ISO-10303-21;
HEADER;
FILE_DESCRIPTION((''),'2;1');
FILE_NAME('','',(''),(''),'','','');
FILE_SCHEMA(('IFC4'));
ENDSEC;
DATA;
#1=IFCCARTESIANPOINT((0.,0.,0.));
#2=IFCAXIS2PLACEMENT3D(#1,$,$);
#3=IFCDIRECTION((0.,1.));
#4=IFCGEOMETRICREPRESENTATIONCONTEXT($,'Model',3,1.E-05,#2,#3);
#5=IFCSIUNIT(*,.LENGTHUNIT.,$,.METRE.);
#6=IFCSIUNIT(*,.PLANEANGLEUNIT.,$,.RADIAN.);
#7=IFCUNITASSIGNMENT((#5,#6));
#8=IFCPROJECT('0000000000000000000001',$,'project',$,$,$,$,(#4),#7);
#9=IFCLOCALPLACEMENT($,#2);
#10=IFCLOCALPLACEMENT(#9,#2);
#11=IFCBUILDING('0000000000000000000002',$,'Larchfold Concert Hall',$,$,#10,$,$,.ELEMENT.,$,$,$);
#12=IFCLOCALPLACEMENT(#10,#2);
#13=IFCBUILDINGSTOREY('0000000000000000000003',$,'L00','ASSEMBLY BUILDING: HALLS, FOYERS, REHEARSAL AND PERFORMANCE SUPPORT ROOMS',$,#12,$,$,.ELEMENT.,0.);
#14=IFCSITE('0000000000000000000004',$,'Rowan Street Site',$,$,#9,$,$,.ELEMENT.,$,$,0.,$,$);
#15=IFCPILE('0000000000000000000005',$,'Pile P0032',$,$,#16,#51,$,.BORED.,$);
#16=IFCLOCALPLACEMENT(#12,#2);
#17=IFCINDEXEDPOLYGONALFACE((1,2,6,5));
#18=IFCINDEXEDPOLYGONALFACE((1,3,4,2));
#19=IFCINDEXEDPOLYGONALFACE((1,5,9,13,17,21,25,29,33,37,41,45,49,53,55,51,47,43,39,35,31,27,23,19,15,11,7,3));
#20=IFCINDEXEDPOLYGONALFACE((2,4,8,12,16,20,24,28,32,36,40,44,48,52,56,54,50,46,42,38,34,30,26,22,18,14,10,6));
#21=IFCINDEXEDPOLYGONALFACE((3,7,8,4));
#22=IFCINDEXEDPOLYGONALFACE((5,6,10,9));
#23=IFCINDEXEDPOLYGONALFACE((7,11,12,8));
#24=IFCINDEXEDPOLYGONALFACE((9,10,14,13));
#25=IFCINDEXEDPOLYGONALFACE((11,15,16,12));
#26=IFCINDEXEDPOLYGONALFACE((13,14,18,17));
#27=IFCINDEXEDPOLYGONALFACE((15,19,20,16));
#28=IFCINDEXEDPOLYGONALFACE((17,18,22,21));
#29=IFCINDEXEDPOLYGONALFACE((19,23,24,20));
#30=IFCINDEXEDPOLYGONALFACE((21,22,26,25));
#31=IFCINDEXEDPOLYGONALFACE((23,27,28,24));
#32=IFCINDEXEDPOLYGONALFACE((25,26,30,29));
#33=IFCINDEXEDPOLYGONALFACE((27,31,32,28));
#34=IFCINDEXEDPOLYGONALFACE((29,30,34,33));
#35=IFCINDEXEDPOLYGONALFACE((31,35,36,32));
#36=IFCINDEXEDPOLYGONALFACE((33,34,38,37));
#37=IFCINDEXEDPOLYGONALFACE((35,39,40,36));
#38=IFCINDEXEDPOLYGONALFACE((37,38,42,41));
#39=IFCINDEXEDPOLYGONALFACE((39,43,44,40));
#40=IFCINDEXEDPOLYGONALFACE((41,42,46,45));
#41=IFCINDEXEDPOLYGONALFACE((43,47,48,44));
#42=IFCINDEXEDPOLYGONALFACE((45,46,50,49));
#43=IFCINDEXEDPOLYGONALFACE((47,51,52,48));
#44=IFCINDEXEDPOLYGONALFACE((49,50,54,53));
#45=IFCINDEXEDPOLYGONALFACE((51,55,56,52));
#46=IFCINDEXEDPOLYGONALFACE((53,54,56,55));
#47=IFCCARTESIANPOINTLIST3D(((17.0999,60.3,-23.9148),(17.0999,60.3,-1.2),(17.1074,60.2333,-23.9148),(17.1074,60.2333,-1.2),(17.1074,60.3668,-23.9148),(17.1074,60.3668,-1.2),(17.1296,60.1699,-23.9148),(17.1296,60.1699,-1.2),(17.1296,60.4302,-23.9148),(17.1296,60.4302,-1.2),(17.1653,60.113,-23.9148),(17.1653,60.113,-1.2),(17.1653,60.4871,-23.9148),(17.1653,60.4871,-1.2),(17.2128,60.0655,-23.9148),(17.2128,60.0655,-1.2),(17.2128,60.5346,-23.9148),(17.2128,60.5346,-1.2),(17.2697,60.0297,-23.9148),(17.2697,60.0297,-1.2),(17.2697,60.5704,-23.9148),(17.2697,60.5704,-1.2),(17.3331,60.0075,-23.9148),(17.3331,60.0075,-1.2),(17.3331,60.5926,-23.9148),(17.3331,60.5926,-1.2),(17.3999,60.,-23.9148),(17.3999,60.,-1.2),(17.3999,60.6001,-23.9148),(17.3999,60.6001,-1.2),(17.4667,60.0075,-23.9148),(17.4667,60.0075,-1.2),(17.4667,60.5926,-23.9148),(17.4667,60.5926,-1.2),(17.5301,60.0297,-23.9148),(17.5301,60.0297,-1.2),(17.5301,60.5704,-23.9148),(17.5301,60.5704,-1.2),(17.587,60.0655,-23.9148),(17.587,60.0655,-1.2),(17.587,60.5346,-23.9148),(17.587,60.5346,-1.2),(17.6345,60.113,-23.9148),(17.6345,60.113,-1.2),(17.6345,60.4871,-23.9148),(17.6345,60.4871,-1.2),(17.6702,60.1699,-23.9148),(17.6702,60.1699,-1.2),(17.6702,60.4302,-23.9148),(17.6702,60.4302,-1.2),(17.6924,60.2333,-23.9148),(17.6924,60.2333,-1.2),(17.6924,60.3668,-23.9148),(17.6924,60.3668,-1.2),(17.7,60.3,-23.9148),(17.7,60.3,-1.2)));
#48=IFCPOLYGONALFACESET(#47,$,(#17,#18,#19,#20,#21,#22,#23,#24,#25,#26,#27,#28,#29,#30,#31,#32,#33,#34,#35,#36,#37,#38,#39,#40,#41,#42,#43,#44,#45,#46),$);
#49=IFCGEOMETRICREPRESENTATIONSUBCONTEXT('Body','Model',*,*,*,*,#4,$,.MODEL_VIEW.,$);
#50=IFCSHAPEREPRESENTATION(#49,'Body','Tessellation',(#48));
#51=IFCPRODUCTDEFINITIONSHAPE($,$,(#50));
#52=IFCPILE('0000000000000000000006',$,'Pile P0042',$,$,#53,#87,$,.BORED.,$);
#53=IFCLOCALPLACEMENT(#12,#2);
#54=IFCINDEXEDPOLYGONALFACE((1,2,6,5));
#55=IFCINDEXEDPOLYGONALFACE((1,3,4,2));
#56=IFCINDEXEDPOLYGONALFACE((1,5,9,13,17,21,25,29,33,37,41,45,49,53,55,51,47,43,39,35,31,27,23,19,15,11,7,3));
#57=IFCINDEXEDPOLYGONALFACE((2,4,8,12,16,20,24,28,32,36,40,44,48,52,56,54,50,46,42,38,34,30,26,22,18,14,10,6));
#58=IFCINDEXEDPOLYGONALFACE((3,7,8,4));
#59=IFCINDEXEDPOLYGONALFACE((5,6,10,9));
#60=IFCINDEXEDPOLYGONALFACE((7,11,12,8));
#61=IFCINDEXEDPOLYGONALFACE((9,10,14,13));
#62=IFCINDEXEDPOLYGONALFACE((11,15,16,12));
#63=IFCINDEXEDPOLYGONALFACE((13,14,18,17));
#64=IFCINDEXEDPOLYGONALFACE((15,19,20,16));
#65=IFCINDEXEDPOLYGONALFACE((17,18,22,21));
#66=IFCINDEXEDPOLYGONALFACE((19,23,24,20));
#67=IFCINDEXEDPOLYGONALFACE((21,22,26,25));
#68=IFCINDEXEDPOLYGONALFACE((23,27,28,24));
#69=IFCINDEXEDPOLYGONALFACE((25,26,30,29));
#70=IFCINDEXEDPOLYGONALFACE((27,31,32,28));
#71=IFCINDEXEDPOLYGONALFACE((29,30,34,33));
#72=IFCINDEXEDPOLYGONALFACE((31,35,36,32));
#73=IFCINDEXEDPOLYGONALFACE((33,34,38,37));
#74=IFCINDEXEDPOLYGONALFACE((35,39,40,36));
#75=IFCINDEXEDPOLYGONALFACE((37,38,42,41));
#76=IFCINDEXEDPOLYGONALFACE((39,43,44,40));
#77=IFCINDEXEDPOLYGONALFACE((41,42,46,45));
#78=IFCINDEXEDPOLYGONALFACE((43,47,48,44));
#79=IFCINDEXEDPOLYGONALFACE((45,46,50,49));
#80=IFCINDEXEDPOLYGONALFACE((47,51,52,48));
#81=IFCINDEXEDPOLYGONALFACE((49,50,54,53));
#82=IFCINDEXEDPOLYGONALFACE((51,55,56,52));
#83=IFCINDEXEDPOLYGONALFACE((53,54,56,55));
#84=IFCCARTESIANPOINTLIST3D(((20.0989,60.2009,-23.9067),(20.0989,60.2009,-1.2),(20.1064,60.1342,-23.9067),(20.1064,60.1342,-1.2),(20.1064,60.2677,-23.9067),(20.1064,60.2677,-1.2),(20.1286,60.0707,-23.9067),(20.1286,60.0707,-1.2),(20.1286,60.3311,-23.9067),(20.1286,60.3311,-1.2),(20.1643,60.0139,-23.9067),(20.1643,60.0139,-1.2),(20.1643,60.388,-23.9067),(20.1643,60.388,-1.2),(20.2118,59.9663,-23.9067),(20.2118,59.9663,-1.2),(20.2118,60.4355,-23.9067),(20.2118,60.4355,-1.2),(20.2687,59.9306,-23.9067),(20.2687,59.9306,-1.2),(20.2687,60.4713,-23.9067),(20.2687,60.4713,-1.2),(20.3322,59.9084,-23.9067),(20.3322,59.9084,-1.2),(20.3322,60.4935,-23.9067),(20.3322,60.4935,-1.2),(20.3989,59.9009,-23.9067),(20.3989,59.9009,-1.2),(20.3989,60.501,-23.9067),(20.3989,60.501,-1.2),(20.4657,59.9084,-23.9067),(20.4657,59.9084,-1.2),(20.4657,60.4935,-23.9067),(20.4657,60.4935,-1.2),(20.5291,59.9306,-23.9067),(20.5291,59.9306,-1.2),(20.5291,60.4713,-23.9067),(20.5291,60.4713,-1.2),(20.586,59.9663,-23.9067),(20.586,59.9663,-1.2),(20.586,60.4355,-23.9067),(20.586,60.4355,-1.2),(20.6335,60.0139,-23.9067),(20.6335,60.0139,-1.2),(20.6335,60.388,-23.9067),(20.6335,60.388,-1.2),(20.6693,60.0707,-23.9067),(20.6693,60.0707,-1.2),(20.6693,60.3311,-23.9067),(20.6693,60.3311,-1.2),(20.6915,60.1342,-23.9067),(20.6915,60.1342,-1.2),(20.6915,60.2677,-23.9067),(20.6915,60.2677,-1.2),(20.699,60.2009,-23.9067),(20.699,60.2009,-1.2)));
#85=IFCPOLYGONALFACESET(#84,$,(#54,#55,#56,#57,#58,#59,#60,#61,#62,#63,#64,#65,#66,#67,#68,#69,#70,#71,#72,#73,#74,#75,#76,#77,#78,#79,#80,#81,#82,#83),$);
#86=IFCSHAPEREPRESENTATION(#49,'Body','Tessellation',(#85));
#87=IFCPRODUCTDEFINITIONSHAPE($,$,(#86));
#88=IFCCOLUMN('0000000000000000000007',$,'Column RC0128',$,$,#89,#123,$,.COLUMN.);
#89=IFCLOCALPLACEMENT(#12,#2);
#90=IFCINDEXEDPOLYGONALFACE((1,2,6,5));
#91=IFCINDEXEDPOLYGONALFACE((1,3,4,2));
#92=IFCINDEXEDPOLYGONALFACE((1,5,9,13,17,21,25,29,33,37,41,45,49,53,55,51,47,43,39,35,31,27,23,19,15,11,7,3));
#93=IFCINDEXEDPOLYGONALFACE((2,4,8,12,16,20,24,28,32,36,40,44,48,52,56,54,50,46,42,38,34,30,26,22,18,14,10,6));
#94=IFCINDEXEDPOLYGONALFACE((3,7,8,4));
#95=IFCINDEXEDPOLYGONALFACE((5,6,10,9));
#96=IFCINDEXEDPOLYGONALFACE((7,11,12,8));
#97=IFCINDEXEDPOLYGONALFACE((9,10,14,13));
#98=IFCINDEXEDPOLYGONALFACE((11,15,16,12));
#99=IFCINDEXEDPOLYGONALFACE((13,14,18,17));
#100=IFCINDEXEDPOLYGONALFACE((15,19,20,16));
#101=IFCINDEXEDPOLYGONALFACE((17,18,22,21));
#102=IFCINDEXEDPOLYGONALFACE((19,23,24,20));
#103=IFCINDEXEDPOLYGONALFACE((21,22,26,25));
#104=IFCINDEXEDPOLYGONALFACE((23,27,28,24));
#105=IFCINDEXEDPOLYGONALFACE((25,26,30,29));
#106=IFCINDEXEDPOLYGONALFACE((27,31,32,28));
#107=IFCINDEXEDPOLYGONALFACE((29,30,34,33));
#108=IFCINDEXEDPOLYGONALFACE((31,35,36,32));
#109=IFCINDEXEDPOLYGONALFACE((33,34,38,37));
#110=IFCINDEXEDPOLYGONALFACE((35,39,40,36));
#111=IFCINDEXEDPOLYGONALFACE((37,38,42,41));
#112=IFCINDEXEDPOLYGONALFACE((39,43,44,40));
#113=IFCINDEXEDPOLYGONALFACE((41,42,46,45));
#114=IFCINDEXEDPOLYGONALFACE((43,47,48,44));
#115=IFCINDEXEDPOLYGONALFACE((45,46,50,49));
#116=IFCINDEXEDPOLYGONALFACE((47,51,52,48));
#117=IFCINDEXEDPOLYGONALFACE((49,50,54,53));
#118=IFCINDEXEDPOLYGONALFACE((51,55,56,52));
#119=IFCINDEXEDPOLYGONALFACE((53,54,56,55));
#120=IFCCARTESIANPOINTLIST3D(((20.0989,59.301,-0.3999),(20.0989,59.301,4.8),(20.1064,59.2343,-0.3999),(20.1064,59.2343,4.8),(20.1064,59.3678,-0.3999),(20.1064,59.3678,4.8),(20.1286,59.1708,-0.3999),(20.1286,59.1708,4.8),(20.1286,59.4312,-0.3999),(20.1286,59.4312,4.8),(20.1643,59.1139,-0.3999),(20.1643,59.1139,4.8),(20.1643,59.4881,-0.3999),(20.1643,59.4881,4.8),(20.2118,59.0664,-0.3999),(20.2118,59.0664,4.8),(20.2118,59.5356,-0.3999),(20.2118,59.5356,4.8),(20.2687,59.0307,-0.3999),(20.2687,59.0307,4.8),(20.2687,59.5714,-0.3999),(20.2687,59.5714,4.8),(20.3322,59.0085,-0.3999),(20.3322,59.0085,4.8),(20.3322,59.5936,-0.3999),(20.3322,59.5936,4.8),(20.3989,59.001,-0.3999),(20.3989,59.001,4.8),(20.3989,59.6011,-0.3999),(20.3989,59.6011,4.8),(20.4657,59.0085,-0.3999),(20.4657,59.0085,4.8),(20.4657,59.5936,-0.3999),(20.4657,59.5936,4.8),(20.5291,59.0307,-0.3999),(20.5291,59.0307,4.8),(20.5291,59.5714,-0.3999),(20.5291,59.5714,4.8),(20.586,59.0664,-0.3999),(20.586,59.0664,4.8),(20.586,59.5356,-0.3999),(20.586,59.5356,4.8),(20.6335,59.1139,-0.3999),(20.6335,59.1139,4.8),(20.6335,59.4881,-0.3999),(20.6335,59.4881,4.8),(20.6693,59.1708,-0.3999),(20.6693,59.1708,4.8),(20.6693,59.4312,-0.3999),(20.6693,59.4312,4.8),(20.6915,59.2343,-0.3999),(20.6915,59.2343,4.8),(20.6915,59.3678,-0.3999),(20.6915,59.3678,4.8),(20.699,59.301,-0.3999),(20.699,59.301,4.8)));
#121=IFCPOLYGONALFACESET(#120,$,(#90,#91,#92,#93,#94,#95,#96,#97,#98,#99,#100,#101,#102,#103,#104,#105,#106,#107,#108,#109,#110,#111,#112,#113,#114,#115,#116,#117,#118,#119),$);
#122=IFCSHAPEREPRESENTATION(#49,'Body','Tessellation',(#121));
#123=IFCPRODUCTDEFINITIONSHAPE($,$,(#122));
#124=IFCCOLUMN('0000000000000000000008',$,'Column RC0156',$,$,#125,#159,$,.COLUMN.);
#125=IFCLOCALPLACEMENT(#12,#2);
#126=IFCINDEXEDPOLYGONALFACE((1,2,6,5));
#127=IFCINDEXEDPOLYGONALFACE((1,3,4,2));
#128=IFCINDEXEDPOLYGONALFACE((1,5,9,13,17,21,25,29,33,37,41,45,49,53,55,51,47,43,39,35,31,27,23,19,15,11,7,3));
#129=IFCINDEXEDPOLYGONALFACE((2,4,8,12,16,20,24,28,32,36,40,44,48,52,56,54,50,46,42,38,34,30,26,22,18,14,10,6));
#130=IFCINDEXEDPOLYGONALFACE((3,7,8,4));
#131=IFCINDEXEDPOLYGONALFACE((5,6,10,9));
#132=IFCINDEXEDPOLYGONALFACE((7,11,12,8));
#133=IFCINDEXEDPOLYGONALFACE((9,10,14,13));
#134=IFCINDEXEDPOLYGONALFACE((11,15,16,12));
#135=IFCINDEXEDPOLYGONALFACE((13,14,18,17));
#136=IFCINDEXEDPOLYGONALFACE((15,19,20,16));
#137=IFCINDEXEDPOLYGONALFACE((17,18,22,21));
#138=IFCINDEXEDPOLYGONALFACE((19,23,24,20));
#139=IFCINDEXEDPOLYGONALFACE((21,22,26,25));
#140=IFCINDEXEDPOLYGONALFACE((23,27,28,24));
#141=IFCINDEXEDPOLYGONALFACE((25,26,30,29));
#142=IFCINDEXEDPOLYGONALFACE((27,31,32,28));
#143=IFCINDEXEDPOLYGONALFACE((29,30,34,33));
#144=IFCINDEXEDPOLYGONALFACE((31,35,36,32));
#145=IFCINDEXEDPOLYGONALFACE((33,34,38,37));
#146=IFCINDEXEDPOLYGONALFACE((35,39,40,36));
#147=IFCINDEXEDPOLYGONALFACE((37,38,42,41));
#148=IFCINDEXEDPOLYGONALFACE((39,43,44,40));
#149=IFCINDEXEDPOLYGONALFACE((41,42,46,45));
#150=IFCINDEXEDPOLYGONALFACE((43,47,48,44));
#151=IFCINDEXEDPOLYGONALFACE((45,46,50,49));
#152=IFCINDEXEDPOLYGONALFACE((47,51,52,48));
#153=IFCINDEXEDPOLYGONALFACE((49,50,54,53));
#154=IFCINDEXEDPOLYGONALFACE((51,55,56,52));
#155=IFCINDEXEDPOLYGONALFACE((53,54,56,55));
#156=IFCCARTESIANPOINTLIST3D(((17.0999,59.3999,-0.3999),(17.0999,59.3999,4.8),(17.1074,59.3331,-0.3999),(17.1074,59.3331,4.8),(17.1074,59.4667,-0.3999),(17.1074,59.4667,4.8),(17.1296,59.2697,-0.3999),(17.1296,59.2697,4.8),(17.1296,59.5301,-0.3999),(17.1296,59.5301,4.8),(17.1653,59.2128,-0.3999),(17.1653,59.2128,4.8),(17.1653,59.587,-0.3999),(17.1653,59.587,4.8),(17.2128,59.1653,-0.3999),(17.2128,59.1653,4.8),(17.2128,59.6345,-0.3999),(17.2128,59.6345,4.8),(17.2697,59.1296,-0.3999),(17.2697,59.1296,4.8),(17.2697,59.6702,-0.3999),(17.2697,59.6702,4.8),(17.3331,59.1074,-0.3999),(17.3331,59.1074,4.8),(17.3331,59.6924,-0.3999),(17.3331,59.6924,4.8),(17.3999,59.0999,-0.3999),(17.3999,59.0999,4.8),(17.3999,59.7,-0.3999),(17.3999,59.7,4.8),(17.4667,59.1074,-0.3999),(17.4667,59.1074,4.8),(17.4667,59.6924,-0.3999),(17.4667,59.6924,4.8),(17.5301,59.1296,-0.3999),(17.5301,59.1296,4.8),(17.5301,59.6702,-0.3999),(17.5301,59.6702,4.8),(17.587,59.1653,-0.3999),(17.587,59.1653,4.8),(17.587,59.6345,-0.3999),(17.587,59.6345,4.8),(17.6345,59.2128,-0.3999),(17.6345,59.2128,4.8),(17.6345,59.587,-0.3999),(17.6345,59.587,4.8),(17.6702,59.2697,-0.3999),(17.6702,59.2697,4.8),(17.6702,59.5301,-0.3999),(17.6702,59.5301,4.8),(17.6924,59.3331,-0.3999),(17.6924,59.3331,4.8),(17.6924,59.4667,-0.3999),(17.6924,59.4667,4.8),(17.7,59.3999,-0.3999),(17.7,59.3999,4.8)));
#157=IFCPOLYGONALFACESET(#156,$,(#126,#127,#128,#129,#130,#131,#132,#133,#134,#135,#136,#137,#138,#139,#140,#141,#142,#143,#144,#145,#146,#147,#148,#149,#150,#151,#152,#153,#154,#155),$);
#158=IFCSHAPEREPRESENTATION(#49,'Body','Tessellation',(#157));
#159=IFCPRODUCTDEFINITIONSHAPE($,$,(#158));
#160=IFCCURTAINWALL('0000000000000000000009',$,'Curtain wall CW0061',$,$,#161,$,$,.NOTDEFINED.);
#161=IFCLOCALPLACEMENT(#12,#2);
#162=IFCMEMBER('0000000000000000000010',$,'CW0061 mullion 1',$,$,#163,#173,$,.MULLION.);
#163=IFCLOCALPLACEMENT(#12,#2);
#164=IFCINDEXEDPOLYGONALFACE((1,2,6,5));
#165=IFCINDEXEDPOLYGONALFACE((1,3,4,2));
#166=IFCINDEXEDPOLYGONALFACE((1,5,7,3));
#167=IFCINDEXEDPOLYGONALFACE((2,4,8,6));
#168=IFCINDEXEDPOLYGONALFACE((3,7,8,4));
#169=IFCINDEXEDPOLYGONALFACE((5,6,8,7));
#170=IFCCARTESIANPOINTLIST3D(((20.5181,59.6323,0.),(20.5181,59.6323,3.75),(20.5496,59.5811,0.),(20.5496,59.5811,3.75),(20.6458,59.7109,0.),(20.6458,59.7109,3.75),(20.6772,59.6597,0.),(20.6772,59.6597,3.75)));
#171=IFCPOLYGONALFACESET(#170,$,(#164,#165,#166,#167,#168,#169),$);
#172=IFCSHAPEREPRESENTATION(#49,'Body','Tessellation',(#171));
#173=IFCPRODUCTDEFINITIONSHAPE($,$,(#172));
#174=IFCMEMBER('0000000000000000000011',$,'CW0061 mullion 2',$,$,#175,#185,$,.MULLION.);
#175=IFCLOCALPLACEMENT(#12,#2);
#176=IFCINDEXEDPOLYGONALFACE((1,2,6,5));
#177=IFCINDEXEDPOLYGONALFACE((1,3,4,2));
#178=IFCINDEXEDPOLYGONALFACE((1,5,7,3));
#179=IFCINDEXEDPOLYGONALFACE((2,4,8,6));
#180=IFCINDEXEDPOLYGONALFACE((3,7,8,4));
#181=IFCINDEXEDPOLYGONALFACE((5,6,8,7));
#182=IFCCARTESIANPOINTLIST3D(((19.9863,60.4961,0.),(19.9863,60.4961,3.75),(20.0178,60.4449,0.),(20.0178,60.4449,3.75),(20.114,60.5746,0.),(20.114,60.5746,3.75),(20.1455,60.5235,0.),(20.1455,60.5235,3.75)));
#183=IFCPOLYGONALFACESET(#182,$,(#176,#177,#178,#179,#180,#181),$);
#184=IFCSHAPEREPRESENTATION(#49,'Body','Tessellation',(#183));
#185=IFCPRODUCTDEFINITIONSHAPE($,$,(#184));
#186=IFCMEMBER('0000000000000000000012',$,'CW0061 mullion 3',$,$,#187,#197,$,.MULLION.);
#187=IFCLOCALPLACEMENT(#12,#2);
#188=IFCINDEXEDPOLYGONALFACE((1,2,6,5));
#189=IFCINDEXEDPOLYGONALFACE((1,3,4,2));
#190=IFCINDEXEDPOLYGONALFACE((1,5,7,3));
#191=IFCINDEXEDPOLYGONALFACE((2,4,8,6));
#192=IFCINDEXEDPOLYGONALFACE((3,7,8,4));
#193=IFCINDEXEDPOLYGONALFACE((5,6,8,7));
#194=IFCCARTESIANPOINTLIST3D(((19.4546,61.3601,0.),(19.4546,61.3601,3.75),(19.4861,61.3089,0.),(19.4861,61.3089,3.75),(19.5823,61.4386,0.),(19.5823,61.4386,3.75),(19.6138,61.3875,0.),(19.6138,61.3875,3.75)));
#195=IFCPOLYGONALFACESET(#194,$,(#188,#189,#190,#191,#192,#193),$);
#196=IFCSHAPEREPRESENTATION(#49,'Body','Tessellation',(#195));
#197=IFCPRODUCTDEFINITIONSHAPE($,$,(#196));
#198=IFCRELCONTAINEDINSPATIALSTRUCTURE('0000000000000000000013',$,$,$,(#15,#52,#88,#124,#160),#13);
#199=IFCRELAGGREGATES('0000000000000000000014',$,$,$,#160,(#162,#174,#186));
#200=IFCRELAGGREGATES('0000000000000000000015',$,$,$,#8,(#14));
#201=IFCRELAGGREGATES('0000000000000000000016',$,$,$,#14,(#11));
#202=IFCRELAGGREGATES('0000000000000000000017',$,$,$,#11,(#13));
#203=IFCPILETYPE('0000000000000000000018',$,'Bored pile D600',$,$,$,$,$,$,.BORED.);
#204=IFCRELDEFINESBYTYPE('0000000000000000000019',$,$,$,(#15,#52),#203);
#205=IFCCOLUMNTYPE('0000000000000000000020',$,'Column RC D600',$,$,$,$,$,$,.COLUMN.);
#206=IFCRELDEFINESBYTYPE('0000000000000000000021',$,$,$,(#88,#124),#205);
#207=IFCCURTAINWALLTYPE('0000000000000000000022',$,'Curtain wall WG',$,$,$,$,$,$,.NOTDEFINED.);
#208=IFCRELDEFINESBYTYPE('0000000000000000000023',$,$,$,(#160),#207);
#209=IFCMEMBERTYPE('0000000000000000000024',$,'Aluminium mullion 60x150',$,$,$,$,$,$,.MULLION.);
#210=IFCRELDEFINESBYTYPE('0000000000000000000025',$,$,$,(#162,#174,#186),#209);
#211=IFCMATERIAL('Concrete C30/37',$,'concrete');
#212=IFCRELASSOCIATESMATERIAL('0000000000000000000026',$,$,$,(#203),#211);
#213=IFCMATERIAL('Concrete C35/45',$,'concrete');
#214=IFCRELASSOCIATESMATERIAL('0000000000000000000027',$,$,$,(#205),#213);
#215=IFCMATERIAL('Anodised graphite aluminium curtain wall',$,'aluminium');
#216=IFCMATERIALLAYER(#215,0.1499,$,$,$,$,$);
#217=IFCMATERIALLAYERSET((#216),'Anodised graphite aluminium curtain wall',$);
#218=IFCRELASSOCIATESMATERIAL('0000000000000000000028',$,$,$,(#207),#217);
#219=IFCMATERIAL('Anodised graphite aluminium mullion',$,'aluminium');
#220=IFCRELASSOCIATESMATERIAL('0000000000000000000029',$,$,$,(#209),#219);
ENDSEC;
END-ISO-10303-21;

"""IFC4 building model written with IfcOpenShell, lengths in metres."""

from ifc_helpers import new_model, si_unit, direction, frame, origin, origin_2d, place, context, subcontext, project, spatial, rectangle, circle, extrude, material, layer, layer_set, material_profile, profile_set, type_object, element, aggregate, save


model = new_model("IFC4")

# Units and contexts
model_context = context("Model", 3, precision=1e-05, world=origin(), true_north=direction((0.0, 1.0)))
body_context = subcontext(model_context, "Body", "Model", "MODEL_VIEW")
ifc_project = project(units=[si_unit("LENGTHUNIT", "METRE"), si_unit("PLANEANGLEUNIT", "RADIAN")], contexts=[model_context])

# Site, building, storey
site_placement = place(None, origin())
site = spatial("IfcSite", under=ifc_project, at=site_placement, Name="Rowan Street Site", CompositionType="ELEMENT", RefElevation=0.0)
building_placement = place(site_placement, origin())
building = spatial("IfcBuilding", under=site, at=building_placement, Name="Larchfold Concert Hall", CompositionType="ELEMENT")
storey_placement = place(building_placement, origin())
storey = spatial("IfcBuildingStorey", under=building, at=storey_placement, Name="L00", Description="ASSEMBLY BUILDING: HALLS, FOYERS, REHEARSAL AND PERFORMANCE SUPPORT ROOMS", CompositionType="ELEMENT", Elevation=0.0)

# Piles
ifc_material_1 = material(Name="Concrete C30/37", Category="concrete")
ifc_material_profile_1 = material_profile(ifc_material_1, circle(Radius=0.3, at=origin_2d()))
ifc_profile_set_1 = profile_set([ifc_material_profile_1], Name="Concrete C30/37")
pile_type = type_object("IfcPileType", Name="Bored pile D600", PredefinedType="BORED", material=ifc_profile_set_1)
pile_1_placement = place(storey_placement, frame((17.3999, 60.3, -1.2), z_axis=(0.0, 0.0, -1.0), x_axis=(1.0, 0.0, 0.0)))
element("IfcPile", 1, at=pile_1_placement, inside=storey, type_object=pile_type, Name="Pile P0032", PredefinedType="BORED", context=body_context, shape_type="SweptSolid", body=[
    extrude(circle(Radius=0.3, at=origin_2d()), origin(), (0.0, 0.0, 1.0), 22.7148),
])
pile_2_placement = place(storey_placement, frame((20.3989, 60.2009, -1.2), z_axis=(0.0, 0.0, -1.0), x_axis=(1.0, 0.0, 0.0)))
element("IfcPile", 2, at=pile_2_placement, inside=storey, type_object=pile_type, Name="Pile P0042", PredefinedType="BORED", context=body_context, shape_type="SweptSolid", body=[
    extrude(circle(Radius=0.3, at=origin_2d()), origin(), (0.0, 0.0, 1.0), 22.7068),
])

# Columns
ifc_material_2 = material(Name="Concrete C35/45", Category="concrete")
ifc_material_profile_2 = material_profile(ifc_material_2, circle(Radius=0.3, at=origin_2d()))
ifc_profile_set_2 = profile_set([ifc_material_profile_2], Name="Concrete C35/45")
column_type = type_object("IfcColumnType", Name="Column RC D600", PredefinedType="COLUMN", material=ifc_profile_set_2)
for number, where, z_axis, x_axis, name in (
    (3, (20.3989, 59.301, -0.3999), (0.0, 0.0, 1.0), (1.0, 0.0, 0.0), "Column RC0128"),
    (4, (17.3999, 59.3999, -0.3999), (0.0, 0.0, 1.0), (1.0, 0.0, 0.0), "Column RC0156"),
):
    element("IfcColumn", number, at=place(storey_placement, frame(where, z_axis=z_axis, x_axis=x_axis)), inside=storey, type_object=column_type, Name=name, PredefinedType="COLUMN", context=body_context, shape_type="SweptSolid", body=[
        extrude(circle(Radius=0.3, at=origin_2d()), origin(), (0.0, 0.0, 1.0), 5.2),
    ])

# Curtain wall, members
ifc_material_3 = material(Name="Anodised graphite aluminium curtain wall", Category="aluminium")
ifc_layer_1 = layer(ifc_material_3, 0.1499)
ifc_layer_set_1 = layer_set([ifc_layer_1], Name="Anodised graphite aluminium curtain wall")
curtain_wall_type = type_object("IfcCurtainWallType", Name="Curtain wall WG", PredefinedType="NOTDEFINED", material=ifc_layer_set_1)
curtain_wall_1_placement = place(storey_placement, origin())
curtain_wall_1 = element("IfcCurtainWall", 5, at=curtain_wall_1_placement, inside=storey, type_object=curtain_wall_type, Name="Curtain wall CW0061", PredefinedType="NOTDEFINED")
ifc_material_4 = material(Name="Anodised graphite aluminium mullion", Category="aluminium")
ifc_material_profile_3 = material_profile(ifc_material_4, rectangle(XDim=0.1499, YDim=0.0601, at=origin_2d()))
ifc_profile_set_3 = profile_set([ifc_material_profile_3], Name="Anodised graphite aluminium mullion")
member_type_1 = type_object("IfcMemberType", Name="Aluminium mullion 60x150", PredefinedType="MULLION", material=ifc_profile_set_3)
member_1_placement = place(storey_placement, frame((20.5977, 59.646, 0.0), z_axis=(0.0, 0.0, 1.0), x_axis=(-0.851674, -0.524071, 0.0)))
member_1 = element("IfcMember", 6, at=member_1_placement, type_object=member_type_1, Name="CW0061 mullion 1", PredefinedType="MULLION", context=body_context, shape_type="SweptSolid", body=[
    extrude(rectangle(XDim=0.1499, YDim=0.0601, at=origin_2d()), origin(), (0.0, 0.0, 1.0), 3.75),
])
member_2_placement = place(storey_placement, frame((20.0659, 60.5098, 0.0), z_axis=(0.0, 0.0, 1.0), x_axis=(-0.851674, -0.524071, 0.0)))
member_2 = element("IfcMember", 7, at=member_2_placement, type_object=member_type_1, Name="CW0061 mullion 2", PredefinedType="MULLION", context=body_context, shape_type="SweptSolid", body=[
    extrude(rectangle(XDim=0.1499, YDim=0.0601, at=origin_2d()), origin(), (0.0, 0.0, 1.0), 3.75),
])
member_3_placement = place(storey_placement, frame((19.5342, 61.3738, 0.0), z_axis=(0.0, 0.0, 1.0), x_axis=(-0.851674, -0.524071, 0.0)))
member_3 = element("IfcMember", 8, at=member_3_placement, type_object=member_type_1, Name="CW0061 mullion 3", PredefinedType="MULLION", context=body_context, shape_type="SweptSolid", body=[
    extrude(rectangle(XDim=0.1499, YDim=0.0601, at=origin_2d()), origin(), (0.0, 0.0, 1.0), 3.75),
])

aggregate(curtain_wall_1, [member_1, member_2, member_3])

save(model, "model.ifc")
